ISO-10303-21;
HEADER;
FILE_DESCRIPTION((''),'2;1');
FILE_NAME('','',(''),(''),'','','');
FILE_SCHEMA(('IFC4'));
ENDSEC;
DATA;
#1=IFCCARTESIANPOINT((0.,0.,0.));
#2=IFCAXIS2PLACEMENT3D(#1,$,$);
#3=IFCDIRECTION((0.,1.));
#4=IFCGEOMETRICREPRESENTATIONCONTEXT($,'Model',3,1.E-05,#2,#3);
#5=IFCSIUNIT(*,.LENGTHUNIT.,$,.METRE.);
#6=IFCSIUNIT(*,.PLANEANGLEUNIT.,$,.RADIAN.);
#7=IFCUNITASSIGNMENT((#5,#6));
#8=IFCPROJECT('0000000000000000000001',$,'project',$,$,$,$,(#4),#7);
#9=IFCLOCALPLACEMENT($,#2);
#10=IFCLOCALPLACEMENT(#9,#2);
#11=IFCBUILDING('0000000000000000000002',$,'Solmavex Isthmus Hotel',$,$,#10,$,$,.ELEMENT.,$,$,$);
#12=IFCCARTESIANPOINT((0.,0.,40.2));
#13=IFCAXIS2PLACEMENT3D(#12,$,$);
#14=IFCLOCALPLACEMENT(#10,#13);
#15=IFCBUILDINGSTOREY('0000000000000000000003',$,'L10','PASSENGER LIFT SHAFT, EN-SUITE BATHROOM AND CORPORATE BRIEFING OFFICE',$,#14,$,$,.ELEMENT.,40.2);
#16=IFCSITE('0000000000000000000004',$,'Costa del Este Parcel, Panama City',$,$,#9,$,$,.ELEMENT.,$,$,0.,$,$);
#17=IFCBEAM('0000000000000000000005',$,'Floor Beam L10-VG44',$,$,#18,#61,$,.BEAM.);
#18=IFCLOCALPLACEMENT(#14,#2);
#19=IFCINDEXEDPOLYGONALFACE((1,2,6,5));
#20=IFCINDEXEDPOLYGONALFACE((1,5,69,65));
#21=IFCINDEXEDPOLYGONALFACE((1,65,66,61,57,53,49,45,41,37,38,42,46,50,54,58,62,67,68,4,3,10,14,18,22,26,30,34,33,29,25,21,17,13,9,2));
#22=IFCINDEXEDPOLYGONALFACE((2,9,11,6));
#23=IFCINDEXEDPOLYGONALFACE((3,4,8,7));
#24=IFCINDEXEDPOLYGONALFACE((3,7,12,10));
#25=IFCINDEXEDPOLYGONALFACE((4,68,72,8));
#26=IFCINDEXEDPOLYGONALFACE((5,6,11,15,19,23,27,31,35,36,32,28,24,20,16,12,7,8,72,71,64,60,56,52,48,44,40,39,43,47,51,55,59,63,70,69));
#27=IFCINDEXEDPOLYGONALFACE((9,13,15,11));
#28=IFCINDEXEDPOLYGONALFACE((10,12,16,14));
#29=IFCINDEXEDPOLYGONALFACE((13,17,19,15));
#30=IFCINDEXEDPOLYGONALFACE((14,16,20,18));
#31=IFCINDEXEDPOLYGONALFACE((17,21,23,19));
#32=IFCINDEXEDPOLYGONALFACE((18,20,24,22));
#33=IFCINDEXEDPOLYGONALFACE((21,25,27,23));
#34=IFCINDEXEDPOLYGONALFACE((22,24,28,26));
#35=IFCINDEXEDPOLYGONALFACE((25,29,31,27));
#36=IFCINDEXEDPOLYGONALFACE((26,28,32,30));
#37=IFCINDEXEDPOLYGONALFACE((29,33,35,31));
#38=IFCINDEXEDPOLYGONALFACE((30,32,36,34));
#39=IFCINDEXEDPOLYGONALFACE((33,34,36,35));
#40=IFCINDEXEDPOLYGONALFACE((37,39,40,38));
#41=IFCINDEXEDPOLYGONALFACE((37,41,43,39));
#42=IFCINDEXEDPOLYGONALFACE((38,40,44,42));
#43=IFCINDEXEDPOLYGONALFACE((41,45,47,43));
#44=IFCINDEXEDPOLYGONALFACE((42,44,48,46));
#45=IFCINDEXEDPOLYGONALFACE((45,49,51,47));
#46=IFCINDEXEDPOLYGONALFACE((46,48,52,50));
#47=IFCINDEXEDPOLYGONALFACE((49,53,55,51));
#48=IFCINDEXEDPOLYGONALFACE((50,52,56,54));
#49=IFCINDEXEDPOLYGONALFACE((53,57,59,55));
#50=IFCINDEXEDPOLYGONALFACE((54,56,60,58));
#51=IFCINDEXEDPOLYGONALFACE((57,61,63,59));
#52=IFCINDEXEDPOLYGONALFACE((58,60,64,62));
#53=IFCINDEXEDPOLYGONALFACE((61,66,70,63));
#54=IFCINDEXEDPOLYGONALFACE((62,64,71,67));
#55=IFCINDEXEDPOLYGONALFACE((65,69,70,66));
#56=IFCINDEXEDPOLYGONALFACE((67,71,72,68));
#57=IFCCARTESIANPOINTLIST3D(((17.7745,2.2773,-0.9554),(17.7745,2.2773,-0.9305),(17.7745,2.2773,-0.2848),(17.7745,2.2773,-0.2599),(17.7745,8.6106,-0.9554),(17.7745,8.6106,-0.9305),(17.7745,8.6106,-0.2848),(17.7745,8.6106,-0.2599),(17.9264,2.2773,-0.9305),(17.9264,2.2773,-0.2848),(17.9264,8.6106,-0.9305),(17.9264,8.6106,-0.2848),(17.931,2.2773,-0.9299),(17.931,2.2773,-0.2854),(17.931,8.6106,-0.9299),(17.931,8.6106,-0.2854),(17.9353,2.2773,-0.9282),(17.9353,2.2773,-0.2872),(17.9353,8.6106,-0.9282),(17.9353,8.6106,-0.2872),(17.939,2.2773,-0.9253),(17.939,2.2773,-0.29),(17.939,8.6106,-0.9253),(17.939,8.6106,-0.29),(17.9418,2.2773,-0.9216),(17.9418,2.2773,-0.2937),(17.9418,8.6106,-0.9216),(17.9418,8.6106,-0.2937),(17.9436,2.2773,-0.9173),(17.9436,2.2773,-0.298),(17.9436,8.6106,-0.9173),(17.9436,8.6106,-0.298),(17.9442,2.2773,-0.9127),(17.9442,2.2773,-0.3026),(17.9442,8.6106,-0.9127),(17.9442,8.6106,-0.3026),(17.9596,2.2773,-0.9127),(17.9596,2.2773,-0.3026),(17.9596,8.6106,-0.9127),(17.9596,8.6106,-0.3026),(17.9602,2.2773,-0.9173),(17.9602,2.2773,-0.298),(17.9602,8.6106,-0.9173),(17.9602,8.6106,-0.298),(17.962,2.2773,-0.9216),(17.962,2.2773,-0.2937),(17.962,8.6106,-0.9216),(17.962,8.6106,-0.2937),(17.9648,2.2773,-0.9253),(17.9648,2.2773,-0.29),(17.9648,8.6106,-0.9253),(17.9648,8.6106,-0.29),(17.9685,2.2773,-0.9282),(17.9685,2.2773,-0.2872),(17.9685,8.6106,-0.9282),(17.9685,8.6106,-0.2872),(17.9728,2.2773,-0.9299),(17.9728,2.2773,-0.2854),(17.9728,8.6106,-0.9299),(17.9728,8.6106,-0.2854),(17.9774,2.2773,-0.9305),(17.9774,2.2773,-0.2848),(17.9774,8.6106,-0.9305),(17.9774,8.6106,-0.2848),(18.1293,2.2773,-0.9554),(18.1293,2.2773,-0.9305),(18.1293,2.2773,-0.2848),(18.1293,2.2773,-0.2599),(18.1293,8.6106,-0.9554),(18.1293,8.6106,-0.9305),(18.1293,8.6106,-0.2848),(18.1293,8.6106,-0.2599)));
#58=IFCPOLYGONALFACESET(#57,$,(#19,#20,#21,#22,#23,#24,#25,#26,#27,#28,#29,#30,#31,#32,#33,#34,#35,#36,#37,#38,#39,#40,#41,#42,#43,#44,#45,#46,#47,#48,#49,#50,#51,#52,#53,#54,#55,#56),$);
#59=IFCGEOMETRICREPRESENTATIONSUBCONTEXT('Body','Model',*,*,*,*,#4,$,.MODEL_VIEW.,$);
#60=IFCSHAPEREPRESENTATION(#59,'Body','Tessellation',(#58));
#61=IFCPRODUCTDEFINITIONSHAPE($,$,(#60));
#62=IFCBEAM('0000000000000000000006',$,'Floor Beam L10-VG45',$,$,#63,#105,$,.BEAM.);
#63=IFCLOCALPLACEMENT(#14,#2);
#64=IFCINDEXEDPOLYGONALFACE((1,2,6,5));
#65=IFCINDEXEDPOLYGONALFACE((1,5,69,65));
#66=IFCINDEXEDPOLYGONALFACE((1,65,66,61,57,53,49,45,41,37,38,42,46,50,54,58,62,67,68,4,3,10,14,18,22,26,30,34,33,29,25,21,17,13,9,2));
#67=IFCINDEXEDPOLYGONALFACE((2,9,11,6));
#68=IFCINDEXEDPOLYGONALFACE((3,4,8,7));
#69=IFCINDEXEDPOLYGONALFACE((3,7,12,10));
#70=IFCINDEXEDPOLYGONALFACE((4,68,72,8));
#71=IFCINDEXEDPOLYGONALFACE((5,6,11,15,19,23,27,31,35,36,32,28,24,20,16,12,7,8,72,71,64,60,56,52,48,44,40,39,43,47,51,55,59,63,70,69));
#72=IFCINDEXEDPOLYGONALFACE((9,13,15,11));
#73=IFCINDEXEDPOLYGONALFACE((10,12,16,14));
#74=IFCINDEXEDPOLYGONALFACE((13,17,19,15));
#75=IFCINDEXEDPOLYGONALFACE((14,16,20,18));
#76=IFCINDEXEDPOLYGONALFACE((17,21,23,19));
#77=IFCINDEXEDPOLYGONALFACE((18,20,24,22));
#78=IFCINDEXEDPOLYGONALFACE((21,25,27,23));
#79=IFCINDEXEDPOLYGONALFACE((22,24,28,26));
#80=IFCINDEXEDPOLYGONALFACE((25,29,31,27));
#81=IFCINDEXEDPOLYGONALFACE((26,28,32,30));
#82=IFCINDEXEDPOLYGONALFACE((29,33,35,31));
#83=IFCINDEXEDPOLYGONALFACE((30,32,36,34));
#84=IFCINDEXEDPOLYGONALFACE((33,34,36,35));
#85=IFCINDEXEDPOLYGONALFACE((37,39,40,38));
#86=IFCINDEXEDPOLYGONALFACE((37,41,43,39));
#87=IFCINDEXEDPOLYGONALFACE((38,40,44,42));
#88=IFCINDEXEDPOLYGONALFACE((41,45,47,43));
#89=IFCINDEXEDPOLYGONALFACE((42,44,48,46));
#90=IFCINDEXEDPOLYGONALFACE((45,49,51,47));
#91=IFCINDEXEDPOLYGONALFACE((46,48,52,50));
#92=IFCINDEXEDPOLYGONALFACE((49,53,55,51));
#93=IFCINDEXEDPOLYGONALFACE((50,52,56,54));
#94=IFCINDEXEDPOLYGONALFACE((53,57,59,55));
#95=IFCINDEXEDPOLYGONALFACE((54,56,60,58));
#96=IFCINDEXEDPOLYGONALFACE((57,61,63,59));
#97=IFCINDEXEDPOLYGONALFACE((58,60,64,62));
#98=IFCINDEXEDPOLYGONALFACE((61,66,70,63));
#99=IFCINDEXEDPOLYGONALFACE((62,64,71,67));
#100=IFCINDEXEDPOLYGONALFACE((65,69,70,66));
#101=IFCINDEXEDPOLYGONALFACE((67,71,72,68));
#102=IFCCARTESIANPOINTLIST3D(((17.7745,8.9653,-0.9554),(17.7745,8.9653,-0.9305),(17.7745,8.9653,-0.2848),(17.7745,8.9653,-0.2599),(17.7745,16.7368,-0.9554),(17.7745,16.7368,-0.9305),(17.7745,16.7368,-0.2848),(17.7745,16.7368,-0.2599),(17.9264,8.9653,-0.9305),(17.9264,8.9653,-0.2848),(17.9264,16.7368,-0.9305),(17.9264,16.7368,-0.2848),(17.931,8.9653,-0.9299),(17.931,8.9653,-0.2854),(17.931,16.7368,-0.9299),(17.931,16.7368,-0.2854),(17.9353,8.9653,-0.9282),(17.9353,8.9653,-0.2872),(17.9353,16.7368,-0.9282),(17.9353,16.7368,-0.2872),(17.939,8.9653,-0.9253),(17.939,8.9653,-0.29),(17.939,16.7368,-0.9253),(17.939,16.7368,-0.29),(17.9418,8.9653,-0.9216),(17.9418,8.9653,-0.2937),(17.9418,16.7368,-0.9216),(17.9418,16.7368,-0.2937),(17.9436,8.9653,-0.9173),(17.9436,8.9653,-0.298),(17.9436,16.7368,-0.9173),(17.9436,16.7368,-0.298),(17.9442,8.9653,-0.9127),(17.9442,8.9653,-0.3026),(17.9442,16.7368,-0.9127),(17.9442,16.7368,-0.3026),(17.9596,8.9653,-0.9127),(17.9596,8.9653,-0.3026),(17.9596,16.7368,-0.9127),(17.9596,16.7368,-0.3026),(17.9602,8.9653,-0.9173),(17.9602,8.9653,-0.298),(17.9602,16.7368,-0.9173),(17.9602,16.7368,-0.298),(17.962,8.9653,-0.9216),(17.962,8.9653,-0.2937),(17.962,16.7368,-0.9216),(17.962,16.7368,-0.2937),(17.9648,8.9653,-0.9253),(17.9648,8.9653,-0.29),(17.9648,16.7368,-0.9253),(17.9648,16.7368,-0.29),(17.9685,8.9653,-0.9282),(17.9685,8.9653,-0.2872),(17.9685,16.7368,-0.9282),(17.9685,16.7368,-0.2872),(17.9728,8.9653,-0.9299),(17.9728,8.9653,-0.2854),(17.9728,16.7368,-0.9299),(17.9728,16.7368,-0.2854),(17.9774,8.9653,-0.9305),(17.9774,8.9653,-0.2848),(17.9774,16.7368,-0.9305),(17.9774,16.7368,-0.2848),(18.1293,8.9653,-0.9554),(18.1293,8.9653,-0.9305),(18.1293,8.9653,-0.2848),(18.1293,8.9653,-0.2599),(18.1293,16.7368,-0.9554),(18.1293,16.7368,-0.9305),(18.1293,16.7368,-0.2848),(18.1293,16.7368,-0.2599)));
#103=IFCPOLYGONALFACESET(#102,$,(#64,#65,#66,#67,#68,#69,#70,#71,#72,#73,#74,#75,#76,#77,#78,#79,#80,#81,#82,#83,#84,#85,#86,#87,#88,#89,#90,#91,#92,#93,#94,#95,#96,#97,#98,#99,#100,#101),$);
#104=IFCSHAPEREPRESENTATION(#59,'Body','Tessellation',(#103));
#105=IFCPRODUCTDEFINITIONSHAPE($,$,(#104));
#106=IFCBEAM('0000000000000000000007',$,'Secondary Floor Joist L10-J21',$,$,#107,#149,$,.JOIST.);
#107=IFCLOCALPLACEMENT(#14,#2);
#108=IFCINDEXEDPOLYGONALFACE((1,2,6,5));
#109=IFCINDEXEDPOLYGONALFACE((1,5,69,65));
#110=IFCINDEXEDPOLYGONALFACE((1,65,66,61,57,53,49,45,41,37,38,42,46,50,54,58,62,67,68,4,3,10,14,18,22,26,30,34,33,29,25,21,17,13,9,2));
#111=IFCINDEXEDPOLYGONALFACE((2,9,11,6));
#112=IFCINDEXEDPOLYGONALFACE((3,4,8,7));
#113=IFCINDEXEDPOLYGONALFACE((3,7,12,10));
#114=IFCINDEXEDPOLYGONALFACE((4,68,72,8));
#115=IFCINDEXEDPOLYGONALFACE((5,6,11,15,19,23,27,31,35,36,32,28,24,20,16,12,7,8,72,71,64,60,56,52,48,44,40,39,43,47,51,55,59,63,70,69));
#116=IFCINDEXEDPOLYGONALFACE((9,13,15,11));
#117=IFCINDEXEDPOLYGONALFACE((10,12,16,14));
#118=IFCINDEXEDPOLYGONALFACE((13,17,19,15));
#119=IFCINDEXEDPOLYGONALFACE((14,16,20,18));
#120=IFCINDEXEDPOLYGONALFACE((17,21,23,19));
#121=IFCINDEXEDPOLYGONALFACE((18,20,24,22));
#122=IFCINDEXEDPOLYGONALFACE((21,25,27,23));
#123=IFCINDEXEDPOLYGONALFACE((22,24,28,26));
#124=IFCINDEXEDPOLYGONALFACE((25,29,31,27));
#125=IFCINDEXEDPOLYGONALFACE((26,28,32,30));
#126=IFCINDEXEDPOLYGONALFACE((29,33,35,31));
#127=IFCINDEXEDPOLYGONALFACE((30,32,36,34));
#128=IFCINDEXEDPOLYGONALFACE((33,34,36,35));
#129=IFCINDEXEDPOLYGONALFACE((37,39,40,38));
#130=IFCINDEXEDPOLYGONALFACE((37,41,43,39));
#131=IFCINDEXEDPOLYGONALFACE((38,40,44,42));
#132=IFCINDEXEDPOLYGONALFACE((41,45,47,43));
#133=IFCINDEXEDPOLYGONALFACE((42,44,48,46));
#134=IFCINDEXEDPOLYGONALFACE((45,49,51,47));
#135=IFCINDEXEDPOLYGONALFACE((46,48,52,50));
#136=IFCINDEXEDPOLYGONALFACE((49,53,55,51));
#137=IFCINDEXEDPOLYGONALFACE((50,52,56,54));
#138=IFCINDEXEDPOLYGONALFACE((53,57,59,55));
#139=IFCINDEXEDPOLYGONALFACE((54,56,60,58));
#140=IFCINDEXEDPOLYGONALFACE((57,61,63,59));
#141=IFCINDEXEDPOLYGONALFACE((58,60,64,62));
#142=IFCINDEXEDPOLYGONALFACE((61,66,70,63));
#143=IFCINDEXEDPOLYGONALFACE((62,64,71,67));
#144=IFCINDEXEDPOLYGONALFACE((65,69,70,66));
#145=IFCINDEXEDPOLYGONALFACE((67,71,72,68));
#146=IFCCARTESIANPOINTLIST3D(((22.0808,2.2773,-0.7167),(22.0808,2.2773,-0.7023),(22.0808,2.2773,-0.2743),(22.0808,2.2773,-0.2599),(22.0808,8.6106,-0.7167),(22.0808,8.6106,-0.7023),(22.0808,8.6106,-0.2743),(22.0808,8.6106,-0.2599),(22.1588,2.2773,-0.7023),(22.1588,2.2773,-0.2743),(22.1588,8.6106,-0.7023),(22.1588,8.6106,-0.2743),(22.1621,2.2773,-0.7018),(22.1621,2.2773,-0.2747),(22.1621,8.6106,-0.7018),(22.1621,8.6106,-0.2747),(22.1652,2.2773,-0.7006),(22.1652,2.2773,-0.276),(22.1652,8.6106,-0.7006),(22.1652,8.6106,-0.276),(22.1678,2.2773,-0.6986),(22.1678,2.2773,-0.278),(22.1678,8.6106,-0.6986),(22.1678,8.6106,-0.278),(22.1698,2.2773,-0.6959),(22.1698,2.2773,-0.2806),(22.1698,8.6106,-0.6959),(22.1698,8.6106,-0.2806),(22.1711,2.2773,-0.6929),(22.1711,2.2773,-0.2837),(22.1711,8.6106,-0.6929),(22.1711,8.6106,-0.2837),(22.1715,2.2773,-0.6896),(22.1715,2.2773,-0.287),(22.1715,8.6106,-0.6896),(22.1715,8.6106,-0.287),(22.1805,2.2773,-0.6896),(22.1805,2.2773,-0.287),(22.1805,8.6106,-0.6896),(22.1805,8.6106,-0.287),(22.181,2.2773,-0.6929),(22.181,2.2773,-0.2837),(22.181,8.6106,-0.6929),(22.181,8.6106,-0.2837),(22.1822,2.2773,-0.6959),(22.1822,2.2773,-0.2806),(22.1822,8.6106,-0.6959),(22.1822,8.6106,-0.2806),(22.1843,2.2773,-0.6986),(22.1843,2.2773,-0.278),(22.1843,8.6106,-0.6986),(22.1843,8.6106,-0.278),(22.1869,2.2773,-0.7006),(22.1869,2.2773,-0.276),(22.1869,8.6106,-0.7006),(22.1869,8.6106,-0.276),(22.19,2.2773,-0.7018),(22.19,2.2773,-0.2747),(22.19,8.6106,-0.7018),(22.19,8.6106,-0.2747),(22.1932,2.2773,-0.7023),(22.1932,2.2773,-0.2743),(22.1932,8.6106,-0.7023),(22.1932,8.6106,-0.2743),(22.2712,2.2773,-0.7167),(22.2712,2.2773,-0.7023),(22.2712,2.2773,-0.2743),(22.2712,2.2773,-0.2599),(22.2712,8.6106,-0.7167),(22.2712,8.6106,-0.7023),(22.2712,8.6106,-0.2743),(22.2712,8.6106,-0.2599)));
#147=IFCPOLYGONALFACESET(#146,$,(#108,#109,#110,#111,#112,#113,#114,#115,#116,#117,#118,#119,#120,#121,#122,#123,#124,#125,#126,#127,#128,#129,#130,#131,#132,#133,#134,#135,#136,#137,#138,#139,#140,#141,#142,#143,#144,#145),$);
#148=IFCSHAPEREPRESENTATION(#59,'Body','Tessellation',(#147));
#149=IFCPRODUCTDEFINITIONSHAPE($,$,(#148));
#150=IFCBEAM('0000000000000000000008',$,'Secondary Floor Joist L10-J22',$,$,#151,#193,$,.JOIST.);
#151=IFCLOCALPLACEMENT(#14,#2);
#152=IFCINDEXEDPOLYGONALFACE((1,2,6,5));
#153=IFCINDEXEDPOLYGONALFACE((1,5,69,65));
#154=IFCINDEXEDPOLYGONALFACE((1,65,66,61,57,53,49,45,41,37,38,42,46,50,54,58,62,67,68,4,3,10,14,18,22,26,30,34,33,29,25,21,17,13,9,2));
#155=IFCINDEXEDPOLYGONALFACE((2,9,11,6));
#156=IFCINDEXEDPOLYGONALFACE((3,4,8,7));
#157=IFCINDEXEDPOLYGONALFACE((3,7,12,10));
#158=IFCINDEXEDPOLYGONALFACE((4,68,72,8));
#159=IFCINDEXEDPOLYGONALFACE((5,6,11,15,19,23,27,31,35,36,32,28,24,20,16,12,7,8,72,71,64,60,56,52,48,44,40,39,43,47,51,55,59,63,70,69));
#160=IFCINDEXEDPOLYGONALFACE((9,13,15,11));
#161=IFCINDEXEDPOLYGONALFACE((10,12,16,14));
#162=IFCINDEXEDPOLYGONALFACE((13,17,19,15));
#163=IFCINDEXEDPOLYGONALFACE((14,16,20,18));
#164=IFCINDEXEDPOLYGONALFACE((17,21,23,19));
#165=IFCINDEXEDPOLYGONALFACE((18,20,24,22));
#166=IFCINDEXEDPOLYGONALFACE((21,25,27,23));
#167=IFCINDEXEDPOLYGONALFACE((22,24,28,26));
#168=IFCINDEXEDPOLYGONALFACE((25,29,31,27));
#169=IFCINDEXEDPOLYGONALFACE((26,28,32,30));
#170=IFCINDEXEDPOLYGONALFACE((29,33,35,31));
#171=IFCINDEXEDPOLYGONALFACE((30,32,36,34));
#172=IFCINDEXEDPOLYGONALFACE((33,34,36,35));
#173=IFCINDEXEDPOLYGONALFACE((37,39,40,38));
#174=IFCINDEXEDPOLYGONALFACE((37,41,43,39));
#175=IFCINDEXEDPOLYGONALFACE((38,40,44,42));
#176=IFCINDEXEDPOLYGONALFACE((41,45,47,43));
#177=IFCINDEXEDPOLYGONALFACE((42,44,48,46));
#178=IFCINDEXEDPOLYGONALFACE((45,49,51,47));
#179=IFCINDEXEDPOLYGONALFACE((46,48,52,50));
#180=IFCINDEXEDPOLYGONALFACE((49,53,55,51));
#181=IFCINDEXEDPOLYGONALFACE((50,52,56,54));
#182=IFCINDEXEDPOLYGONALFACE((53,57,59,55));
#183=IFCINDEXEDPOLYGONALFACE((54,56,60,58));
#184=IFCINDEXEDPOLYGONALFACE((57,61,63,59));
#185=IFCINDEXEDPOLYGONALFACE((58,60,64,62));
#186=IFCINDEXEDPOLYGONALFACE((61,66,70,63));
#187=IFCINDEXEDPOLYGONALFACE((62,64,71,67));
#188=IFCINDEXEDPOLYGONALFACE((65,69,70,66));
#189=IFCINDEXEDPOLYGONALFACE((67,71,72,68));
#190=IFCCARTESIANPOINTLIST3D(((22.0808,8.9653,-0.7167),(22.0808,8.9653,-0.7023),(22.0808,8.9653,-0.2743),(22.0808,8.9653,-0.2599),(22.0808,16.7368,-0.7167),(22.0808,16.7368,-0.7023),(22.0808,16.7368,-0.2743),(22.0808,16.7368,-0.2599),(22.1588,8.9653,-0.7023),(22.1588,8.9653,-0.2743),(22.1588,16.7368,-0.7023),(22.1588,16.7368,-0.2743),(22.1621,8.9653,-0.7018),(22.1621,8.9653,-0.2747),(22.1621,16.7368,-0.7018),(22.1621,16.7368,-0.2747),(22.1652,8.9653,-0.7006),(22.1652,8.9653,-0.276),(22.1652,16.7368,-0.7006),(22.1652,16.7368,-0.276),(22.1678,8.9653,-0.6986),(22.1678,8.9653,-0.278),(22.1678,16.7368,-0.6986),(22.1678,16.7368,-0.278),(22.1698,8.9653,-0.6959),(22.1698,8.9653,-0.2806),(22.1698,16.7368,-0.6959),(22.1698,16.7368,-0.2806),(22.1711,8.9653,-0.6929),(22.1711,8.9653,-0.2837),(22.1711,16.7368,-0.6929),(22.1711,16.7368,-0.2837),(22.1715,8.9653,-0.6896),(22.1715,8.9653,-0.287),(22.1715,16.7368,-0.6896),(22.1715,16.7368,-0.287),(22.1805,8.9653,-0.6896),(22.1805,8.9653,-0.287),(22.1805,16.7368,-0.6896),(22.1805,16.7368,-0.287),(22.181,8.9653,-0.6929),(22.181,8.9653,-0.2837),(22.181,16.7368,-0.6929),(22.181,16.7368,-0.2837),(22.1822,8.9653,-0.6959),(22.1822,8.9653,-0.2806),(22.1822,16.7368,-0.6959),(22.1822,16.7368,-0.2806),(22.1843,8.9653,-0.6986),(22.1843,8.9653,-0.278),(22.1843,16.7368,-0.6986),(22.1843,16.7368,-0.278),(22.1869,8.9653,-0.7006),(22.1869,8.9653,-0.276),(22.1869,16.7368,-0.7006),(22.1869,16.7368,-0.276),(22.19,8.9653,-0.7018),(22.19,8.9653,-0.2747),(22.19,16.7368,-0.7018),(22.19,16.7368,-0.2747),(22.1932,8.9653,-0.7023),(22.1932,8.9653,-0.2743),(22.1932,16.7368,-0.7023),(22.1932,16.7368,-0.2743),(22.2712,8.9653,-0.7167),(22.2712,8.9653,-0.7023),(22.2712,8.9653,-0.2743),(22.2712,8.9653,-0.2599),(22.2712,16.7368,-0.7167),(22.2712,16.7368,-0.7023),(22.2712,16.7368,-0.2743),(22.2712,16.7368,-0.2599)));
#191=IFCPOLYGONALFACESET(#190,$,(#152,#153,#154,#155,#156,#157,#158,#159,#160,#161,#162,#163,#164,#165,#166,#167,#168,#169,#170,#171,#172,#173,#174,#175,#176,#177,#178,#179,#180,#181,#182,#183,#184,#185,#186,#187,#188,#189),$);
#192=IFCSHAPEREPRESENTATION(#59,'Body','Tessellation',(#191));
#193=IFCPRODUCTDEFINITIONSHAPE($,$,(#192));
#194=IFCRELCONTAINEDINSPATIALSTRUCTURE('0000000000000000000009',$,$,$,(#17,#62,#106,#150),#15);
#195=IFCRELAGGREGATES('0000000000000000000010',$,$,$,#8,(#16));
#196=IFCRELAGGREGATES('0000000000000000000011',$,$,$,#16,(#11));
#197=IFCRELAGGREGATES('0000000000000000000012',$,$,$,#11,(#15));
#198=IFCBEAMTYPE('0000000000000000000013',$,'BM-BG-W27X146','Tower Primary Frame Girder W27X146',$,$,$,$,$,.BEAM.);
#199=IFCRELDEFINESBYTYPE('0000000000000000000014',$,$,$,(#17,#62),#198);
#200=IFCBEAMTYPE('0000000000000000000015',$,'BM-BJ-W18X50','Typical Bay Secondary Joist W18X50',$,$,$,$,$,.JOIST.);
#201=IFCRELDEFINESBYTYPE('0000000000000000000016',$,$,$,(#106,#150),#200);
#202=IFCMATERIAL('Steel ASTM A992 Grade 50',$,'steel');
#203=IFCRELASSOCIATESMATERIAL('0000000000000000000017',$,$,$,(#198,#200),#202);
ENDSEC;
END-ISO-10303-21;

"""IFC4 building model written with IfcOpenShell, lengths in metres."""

from ifc_helpers import new_model, si_unit, direction, frame, origin, origin_2d, place, context, subcontext, project, spatial, i_section, extrude, material, material_profile, profile_set, type_object, element, save


model = new_model("IFC4")

# Units and contexts
model_context = context("Model", 3, precision=1e-05, world=origin(), true_north=direction((0.0, 1.0)))
body_context = subcontext(model_context, "Body", "Model", "MODEL_VIEW")
ifc_project = project(units=[si_unit("LENGTHUNIT", "METRE"), si_unit("PLANEANGLEUNIT", "RADIAN")], contexts=[model_context])

# Site, building, storey
site_placement = place(None, origin())
site = spatial("IfcSite", under=ifc_project, at=site_placement, Name="Costa del Este Parcel, Panama City", CompositionType="ELEMENT", RefElevation=0.0)
building_placement = place(site_placement, origin())
building = spatial("IfcBuilding", under=site, at=building_placement, Name="Solmavex Isthmus Hotel", CompositionType="ELEMENT")
storey_placement = place(building_placement, frame((0.0, 0.0, 40.2)))
storey = spatial("IfcBuildingStorey", under=building, at=storey_placement, Name="L10", Description="PASSENGER LIFT SHAFT, EN-SUITE BATHROOM AND CORPORATE BRIEFING OFFICE", CompositionType="ELEMENT", Elevation=40.2)

# Beams
ifc_material_1 = material(Name="Steel ASTM A992 Grade 50", Category="steel")
ifc_material_profile_1 = material_profile(ifc_material_1, i_section(OverallWidth=0.3547, OverallDepth=0.6956, WebThickness=0.0154, FlangeThickness=0.0249, FilletRadius=0.0178, at=origin_2d()), Name="W27X146")
ifc_profile_set_1 = profile_set([ifc_material_profile_1], Name="Steel ASTM A992 Grade 50")
beam_type_1 = type_object("IfcBeamType", Name="BM-BG-W27X146", Description="Tower Primary Frame Girder W27X146", PredefinedType="BEAM", material=ifc_profile_set_1)
beam_1_placement = place(storey_placement, frame((17.9519, 2.2773, -0.6077), z_axis=(0.0, 1.0, 0.0), x_axis=(-1.0, 0.0, 0.0)))
element("IfcBeam", 1, at=beam_1_placement, inside=storey, type_object=beam_type_1, Name="Floor Beam L10-VG44", PredefinedType="BEAM", context=body_context, shape_type="SweptSolid", body=[
    extrude(i_section(OverallWidth=0.3547, OverallDepth=0.6956, WebThickness=0.0154, FlangeThickness=0.0249, FilletRadius=0.0178, at=origin_2d()), origin(), (0.0, 0.0, 1.0), 6.3333),
])
beam_2_placement = place(storey_placement, frame((17.9519, 8.9653, -0.6077), z_axis=(0.0, 1.0, 0.0), x_axis=(-1.0, 0.0, 0.0)))
element("IfcBeam", 2, at=beam_2_placement, inside=storey, type_object=beam_type_1, Name="Floor Beam L10-VG45", PredefinedType="BEAM", context=body_context, shape_type="SweptSolid", body=[
    extrude(i_section(OverallWidth=0.3547, OverallDepth=0.6956, WebThickness=0.0154, FlangeThickness=0.0249, FilletRadius=0.0178, at=origin_2d()), origin(), (0.0, 0.0, 1.0), 7.7715),
])
ifc_material_profile_2 = material_profile(ifc_material_1, i_section(OverallWidth=0.1904, OverallDepth=0.4568, WebThickness=0.009, FlangeThickness=0.0144, FilletRadius=0.0127, at=origin_2d()), Name="W18X50")
ifc_profile_set_2 = profile_set([ifc_material_profile_2], Name="Steel ASTM A992 Grade 50")
beam_type_2 = type_object("IfcBeamType", Name="BM-BJ-W18X50", Description="Typical Bay Secondary Joist W18X50", PredefinedType="JOIST", material=ifc_profile_set_2)
beam_3_placement = place(storey_placement, frame((22.176, 2.2773, -0.4883), z_axis=(0.0, 1.0, 0.0), x_axis=(-1.0, 0.0, 0.0)))
element("IfcBeam", 3, at=beam_3_placement, inside=storey, type_object=beam_type_2, Name="Secondary Floor Joist L10-J21", PredefinedType="JOIST", context=body_context, shape_type="SweptSolid", body=[
    extrude(i_section(OverallWidth=0.1904, OverallDepth=0.4568, WebThickness=0.009, FlangeThickness=0.0144, FilletRadius=0.0127, at=origin_2d()), origin(), (0.0, 0.0, 1.0), 6.3333),
])
beam_4_placement = place(storey_placement, frame((22.176, 8.9653, -0.4883), z_axis=(0.0, 1.0, 0.0), x_axis=(-1.0, 0.0, 0.0)))
element("IfcBeam", 4, at=beam_4_placement, inside=storey, type_object=beam_type_2, Name="Secondary Floor Joist L10-J22", PredefinedType="JOIST", context=body_context, shape_type="SweptSolid", body=[
    extrude(i_section(OverallWidth=0.1904, OverallDepth=0.4568, WebThickness=0.009, FlangeThickness=0.0144, FilletRadius=0.0127, at=origin_2d()), origin(), (0.0, 0.0, 1.0), 7.7715),
])

save(model, "model.ifc")
